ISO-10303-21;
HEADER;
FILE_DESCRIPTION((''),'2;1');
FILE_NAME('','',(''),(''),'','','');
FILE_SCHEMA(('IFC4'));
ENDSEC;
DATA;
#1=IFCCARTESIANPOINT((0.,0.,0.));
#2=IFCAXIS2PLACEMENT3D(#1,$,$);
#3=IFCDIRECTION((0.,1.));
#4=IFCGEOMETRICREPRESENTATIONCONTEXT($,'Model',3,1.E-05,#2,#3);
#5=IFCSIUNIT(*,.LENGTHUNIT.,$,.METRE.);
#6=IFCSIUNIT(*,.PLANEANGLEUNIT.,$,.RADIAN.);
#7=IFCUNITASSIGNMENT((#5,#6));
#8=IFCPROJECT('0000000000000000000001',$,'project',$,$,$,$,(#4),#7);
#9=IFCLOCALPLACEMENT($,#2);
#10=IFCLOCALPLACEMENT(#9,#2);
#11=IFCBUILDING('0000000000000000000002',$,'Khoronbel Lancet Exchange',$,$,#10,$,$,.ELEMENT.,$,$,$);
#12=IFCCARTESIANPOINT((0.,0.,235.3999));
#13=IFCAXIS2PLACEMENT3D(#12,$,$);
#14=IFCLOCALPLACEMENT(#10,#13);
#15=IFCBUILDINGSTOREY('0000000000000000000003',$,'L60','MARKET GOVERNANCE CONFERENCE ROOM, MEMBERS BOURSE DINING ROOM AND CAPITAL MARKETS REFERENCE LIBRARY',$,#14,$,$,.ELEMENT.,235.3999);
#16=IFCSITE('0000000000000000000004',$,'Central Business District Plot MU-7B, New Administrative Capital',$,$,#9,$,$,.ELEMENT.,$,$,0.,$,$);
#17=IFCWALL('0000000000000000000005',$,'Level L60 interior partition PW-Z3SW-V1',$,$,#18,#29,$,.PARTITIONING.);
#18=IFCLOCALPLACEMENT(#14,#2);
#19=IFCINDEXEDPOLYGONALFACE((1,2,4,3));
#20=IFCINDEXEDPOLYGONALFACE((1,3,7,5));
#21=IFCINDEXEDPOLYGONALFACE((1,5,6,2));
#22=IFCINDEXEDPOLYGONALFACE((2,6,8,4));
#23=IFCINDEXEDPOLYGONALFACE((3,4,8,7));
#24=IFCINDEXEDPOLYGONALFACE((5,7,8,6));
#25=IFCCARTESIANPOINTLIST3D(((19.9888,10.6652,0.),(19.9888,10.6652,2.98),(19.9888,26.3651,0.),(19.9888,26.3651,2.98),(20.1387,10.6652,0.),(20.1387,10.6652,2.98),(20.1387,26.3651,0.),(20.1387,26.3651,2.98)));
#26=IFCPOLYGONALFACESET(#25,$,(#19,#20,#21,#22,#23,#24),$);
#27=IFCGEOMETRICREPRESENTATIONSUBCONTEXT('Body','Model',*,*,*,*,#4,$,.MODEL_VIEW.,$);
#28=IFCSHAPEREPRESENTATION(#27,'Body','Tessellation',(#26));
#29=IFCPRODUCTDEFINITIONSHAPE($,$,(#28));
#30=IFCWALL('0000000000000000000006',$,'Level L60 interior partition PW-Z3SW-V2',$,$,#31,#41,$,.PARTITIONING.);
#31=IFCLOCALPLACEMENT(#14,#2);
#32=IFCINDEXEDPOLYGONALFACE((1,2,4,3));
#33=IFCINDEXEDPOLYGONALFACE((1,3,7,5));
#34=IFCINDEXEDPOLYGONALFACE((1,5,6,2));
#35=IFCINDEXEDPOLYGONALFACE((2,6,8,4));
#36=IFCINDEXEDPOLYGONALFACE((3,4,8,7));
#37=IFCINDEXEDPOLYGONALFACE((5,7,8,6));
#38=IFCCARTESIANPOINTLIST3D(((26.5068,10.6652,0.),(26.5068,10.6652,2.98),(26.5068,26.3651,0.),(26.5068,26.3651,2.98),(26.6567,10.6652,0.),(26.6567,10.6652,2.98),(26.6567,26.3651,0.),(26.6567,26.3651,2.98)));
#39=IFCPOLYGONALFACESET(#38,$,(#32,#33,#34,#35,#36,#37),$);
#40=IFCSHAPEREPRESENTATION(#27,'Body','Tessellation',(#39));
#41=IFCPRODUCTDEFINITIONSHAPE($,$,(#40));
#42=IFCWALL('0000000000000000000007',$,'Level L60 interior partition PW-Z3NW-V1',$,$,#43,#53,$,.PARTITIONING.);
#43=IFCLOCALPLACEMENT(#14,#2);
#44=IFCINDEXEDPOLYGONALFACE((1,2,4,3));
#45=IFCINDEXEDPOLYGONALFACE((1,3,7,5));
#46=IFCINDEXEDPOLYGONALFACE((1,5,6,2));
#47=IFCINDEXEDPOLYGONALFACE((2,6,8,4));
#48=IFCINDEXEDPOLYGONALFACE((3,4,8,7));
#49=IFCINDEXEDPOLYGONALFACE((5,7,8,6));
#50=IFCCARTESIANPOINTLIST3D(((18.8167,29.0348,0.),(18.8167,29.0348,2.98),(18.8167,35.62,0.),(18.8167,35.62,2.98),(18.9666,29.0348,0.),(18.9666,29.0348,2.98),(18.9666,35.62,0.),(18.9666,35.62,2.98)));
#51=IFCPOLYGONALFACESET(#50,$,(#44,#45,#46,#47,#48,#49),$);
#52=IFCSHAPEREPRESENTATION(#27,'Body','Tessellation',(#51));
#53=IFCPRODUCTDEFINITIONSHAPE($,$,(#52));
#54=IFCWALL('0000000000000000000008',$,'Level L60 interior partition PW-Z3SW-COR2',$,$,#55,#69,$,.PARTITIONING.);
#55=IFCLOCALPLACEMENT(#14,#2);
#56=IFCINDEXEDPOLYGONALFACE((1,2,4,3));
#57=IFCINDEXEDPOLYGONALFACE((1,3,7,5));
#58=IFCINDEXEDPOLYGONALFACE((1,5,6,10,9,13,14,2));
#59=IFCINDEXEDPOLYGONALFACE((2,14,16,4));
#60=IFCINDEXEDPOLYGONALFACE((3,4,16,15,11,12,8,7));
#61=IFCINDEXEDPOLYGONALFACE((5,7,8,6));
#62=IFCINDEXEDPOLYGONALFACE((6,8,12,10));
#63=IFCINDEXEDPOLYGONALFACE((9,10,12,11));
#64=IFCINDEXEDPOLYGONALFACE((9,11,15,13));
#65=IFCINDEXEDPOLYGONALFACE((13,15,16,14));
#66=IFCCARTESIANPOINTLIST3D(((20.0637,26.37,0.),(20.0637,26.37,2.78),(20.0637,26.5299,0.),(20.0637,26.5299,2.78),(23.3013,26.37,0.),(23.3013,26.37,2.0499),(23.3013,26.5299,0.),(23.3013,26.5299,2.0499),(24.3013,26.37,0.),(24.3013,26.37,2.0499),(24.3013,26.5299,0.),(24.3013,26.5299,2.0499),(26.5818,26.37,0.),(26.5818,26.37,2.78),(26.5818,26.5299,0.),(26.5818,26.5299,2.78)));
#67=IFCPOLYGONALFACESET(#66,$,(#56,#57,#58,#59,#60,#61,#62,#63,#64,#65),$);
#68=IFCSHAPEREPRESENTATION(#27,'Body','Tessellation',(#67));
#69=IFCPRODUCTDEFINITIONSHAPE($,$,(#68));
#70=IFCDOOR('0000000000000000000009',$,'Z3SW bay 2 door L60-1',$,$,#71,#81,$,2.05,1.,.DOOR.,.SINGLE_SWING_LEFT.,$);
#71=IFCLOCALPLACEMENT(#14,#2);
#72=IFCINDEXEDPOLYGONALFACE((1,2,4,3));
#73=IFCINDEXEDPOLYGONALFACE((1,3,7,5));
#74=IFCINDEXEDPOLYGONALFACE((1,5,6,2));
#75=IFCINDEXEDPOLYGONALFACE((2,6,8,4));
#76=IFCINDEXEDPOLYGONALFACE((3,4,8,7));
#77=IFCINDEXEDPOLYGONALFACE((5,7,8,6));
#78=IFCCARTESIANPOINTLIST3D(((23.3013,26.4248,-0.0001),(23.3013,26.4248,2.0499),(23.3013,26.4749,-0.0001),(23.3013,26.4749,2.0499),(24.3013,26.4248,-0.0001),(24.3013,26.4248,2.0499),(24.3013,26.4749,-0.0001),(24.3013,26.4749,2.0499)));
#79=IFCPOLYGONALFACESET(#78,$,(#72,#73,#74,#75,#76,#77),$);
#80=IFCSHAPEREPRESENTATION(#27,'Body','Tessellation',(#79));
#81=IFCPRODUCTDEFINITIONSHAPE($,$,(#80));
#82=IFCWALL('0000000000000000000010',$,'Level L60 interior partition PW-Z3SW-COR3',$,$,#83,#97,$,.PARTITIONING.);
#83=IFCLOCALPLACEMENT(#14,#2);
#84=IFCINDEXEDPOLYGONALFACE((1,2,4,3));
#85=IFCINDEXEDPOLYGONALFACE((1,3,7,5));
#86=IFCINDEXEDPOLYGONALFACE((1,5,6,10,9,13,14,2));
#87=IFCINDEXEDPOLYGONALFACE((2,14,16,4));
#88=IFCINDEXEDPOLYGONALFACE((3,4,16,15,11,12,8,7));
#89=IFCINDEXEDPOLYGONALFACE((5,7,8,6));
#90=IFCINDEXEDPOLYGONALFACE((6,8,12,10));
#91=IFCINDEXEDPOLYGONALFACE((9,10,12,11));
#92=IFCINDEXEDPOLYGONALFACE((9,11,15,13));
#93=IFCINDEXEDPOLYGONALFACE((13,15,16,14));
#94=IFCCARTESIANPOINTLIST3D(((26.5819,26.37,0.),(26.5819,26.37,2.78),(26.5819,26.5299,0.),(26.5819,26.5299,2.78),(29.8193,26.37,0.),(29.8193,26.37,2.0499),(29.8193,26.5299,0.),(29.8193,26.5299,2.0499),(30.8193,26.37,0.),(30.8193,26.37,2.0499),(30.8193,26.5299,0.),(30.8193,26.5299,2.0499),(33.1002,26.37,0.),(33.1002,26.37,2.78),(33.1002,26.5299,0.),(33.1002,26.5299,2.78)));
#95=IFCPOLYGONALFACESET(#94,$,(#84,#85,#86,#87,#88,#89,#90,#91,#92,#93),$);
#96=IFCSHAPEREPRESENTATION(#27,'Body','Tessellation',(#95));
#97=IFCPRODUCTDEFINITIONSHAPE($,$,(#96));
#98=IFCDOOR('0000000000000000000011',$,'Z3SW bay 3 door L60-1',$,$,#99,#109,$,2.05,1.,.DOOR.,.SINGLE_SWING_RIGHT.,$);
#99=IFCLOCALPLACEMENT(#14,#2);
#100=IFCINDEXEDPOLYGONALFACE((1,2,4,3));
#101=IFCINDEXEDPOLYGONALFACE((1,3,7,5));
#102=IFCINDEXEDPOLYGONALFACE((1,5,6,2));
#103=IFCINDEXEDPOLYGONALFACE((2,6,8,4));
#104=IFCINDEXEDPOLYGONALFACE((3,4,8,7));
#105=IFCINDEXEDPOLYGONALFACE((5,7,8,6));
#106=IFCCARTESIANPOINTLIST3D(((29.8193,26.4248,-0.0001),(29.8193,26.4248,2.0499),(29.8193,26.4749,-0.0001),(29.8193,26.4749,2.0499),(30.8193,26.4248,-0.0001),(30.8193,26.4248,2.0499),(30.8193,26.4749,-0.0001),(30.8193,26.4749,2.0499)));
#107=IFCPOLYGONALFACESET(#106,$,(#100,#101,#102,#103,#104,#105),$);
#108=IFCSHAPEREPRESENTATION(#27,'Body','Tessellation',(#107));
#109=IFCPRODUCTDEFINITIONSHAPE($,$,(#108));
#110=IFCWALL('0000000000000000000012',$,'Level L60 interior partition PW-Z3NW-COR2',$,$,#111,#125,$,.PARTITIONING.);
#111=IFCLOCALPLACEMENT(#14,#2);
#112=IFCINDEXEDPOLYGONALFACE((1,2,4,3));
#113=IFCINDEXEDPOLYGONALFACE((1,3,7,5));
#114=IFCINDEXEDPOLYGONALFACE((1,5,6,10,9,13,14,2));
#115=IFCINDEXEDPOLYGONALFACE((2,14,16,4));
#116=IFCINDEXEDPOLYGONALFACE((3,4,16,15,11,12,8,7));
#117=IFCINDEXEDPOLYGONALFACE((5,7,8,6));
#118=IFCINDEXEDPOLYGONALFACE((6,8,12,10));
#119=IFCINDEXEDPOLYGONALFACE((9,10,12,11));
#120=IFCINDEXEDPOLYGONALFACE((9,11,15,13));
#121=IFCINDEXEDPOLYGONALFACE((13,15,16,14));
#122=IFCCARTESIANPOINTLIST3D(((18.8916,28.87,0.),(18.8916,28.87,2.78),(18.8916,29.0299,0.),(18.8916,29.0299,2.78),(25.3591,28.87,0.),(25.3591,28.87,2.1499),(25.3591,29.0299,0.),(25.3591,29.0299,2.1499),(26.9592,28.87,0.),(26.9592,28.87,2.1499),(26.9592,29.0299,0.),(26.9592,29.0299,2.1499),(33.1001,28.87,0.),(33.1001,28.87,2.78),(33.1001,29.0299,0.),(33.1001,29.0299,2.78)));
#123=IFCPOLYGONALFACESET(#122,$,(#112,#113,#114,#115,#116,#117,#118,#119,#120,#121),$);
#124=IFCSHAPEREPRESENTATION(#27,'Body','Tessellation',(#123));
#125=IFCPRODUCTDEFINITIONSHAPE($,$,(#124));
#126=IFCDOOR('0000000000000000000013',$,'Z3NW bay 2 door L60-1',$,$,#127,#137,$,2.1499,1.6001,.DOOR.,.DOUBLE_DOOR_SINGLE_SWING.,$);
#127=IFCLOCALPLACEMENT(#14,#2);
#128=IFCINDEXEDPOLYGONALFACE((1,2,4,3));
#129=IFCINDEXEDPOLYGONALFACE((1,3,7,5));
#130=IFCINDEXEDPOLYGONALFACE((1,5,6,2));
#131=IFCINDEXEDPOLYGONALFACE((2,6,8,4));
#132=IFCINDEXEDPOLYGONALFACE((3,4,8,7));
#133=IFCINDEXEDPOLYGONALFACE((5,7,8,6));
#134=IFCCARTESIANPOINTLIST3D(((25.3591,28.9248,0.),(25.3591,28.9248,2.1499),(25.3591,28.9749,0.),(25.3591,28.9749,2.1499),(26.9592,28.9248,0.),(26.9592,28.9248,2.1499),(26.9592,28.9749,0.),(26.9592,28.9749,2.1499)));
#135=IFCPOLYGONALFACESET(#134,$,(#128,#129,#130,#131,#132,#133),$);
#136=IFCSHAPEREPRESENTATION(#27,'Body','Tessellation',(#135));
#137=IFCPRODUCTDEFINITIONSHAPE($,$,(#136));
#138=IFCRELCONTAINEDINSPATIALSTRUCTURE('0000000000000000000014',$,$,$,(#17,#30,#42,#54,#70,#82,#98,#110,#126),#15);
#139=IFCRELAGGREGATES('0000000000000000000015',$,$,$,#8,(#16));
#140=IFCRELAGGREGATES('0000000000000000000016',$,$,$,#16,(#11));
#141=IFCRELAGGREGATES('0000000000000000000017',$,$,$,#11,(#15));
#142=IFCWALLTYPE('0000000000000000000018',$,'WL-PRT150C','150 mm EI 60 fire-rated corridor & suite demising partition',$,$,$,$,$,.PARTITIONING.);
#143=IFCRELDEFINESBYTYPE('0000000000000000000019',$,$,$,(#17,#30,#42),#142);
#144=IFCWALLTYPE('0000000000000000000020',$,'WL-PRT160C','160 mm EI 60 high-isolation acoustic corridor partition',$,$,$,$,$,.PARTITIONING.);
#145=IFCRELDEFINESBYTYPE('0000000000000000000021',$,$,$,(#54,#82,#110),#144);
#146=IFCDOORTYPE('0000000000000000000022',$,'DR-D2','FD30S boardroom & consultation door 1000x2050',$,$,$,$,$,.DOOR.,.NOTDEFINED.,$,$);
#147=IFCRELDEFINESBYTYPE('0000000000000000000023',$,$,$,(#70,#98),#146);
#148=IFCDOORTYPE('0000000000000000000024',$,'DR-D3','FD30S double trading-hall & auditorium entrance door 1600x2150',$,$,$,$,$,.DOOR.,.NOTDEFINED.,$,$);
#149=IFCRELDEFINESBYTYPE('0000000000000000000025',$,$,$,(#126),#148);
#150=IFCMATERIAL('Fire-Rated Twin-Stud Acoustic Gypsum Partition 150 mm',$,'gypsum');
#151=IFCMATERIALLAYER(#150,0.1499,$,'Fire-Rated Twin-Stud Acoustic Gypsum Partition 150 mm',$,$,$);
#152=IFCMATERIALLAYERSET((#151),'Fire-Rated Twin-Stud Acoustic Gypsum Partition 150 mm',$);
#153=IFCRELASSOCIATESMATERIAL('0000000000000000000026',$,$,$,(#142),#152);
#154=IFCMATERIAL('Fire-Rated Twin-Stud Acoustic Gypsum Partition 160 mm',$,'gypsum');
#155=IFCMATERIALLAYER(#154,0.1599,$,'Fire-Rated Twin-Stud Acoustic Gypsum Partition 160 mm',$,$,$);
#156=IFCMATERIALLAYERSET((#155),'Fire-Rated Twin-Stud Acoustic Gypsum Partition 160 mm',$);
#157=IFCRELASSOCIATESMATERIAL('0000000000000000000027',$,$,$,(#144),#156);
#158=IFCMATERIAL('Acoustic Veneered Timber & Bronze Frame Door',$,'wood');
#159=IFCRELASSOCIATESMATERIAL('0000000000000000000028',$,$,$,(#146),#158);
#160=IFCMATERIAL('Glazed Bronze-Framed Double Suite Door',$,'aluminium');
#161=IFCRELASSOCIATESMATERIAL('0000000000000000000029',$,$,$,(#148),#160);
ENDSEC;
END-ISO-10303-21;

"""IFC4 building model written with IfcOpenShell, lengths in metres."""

from ifc_helpers import new_model, si_unit, direction, frame, frame_2d, origin, place, context, subcontext, project, spatial, rectangle, extrude, material, layer, layer_set, type_object, element, fill, save


model = new_model("IFC4")

# Units and contexts
model_context = context("Model", 3, precision=1e-05, world=origin(), true_north=direction((0.0, 1.0)))
body_context = subcontext(model_context, "Body", "Model", "MODEL_VIEW")
ifc_project = project(units=[si_unit("LENGTHUNIT", "METRE"), si_unit("PLANEANGLEUNIT", "RADIAN")], contexts=[model_context])

# Site, building, storey
site_placement = place(None, origin())
site = spatial("IfcSite", under=ifc_project, at=site_placement, Name="Central Business District Plot MU-7B, New Administrative Capital", CompositionType="ELEMENT", RefElevation=0.0)
building_placement = place(site_placement, origin())
building = spatial("IfcBuilding", under=site, at=building_placement, Name="Khoronbel Lancet Exchange", CompositionType="ELEMENT")
storey_placement = place(building_placement, frame((0.0, 0.0, 235.3999)))
storey = spatial("IfcBuildingStorey", under=building, at=storey_placement, Name="L60", Description="MARKET GOVERNANCE CONFERENCE ROOM, MEMBERS BOURSE DINING ROOM AND CAPITAL MARKETS REFERENCE LIBRARY", CompositionType="ELEMENT", Elevation=235.3999)

# Walls
ifc_material_1 = material(Name="Fire-Rated Twin-Stud Acoustic Gypsum Partition 150 mm", Category="gypsum")
ifc_layer_1 = layer(ifc_material_1, 0.1499, Name="Fire-Rated Twin-Stud Acoustic Gypsum Partition 150 mm")
ifc_layer_set_1 = layer_set([ifc_layer_1], Name="Fire-Rated Twin-Stud Acoustic Gypsum Partition 150 mm")
wall_type_1 = type_object("IfcWallType", Name="WL-PRT150C", Description="150 mm EI 60 fire-rated corridor & suite demising partition", PredefinedType="PARTITIONING", material=ifc_layer_set_1)
for number, where, z_axis, x_axis, name in (
    (1, (20.0637, 10.665, 0.0), (0.0, 0.0, 1.0), (0.0, 1.0, 0.0), "Level L60 interior partition PW-Z3SW-V1"),
    (2, (26.5818, 10.665, 0.0), (0.0, 0.0, 1.0), (0.0, 1.0, 0.0), "Level L60 interior partition PW-Z3SW-V2"),
):
    element("IfcWall", number, at=place(storey_placement, frame(where, z_axis=z_axis, x_axis=x_axis)), inside=storey, type_object=wall_type_1, Name=name, PredefinedType="PARTITIONING", context=body_context, shape_type="SweptSolid", body=[
        extrude(rectangle(XDim=15.7, YDim=0.1499, at=frame_2d((7.8501, 0.0))), origin(), (0.0, 0.0, 1.0), 2.98),
    ])
wall_1_placement = place(storey_placement, frame((18.8916, 29.0349, 0.0), z_axis=(0.0, 0.0, 1.0), x_axis=(0.0, 1.0, 0.0)))
element("IfcWall", 3, at=wall_1_placement, inside=storey, type_object=wall_type_1, Name="Level L60 interior partition PW-Z3NW-V1", PredefinedType="PARTITIONING", context=body_context, shape_type="SweptSolid", body=[
    extrude(rectangle(XDim=6.5852, YDim=0.1499, at=frame_2d((3.2925, 0.0))), origin(), (0.0, 0.0, 1.0), 2.98),
])

# Walls, openings, doors
ifc_material_2 = material(Name="Fire-Rated Twin-Stud Acoustic Gypsum Partition 160 mm", Category="gypsum")
ifc_layer_2 = layer(ifc_material_2, 0.1599, Name="Fire-Rated Twin-Stud Acoustic Gypsum Partition 160 mm")
ifc_layer_set_2 = layer_set([ifc_layer_2], Name="Fire-Rated Twin-Stud Acoustic Gypsum Partition 160 mm")
wall_type_2 = type_object("IfcWallType", Name="WL-PRT160C", Description="160 mm EI 60 high-isolation acoustic corridor partition", PredefinedType="PARTITIONING", material=ifc_layer_set_2)
wall_2_placement = place(storey_placement, frame((20.0637, 26.45, 0.0), z_axis=(0.0, 0.0, 1.0), x_axis=(1.0, 0.0, 0.0)))
wall_2 = element("IfcWall", 4, at=wall_2_placement, inside=storey, type_object=wall_type_2, Name="Level L60 interior partition PW-Z3SW-COR2", PredefinedType="PARTITIONING", context=body_context, shape_type="SweptSolid", body=[
    extrude(rectangle(XDim=6.5181, YDim=0.1599, at=frame_2d((3.259, 0.0))), origin(), (0.0, 0.0, 1.0), 2.78),
])
opening_1_placement = place(wall_2_placement, frame((3.2375, 0.0, 0.0)))
opening_1 = element("IfcOpeningElement", 5, at=opening_1_placement, cuts=wall_2, PredefinedType="OPENING", context=body_context, shape_type="SweptSolid", body=[
    extrude(rectangle(XDim=1.0, YDim=2.05, at=frame_2d((0.5, 1.0249))), frame((0.0, 0.0898, 0.0), z_axis=(0.0, -1.0, 0.0), x_axis=(1.0, 0.0, 0.0)), (0.0, 0.0, 1.0), 0.1799),
])
ifc_material_3 = material(Name="Acoustic Veneered Timber & Bronze Frame Door", Category="wood")
door_type_1 = type_object("IfcDoorType", Name="DR-D2", Description="FD30S boardroom & consultation door 1000x2050", OperationType="NOTDEFINED", PredefinedType="DOOR", material=ifc_material_3)
door_1_placement = place(opening_1_placement, origin())
door_1 = element("IfcDoor", 6, at=door_1_placement, inside=storey, type_object=door_type_1, Name="Z3SW bay 2 door L60-1", OperationType="SINGLE_SWING_LEFT", OverallHeight=2.05, OverallWidth=1.0, PredefinedType="DOOR", context=body_context, shape_type="SweptSolid", body=[
    extrude(rectangle(XDim=1.0, YDim=2.05, at=frame_2d((0.5, 1.0249))), frame((0.0, 0.0249, 0.0), z_axis=(0.0, -1.0, 0.0), x_axis=(1.0, 0.0, 0.0)), (0.0, 0.0, 1.0), 0.05),
])
fill(opening_1, door_1)
wall_3_placement = place(storey_placement, frame((26.5818, 26.45, 0.0), z_axis=(0.0, 0.0, 1.0), x_axis=(1.0, 0.0, 0.0)))
wall_3 = element("IfcWall", 7, at=wall_3_placement, inside=storey, type_object=wall_type_2, Name="Level L60 interior partition PW-Z3SW-COR3", PredefinedType="PARTITIONING", context=body_context, shape_type="SweptSolid", body=[
    extrude(rectangle(XDim=6.5183, YDim=0.1599, at=frame_2d((3.2593, 0.0))), origin(), (0.0, 0.0, 1.0), 2.78),
])
opening_2_placement = place(wall_3_placement, frame((3.2375, 0.0, 0.0)))
opening_2 = element("IfcOpeningElement", 8, at=opening_2_placement, cuts=wall_3, PredefinedType="OPENING", context=body_context, shape_type="SweptSolid", body=[
    extrude(rectangle(XDim=1.0, YDim=2.05, at=frame_2d((0.5, 1.0249))), frame((0.0, 0.0898, 0.0), z_axis=(0.0, -1.0, 0.0), x_axis=(1.0, 0.0, 0.0)), (0.0, 0.0, 1.0), 0.1799),
])
door_2_placement = place(opening_2_placement, origin())
door_2 = element("IfcDoor", 9, at=door_2_placement, inside=storey, type_object=door_type_1, Name="Z3SW bay 3 door L60-1", OperationType="SINGLE_SWING_RIGHT", OverallHeight=2.05, OverallWidth=1.0, PredefinedType="DOOR", context=body_context, shape_type="SweptSolid", body=[
    extrude(rectangle(XDim=1.0, YDim=2.05, at=frame_2d((0.5, 1.0249))), frame((0.0, 0.0249, 0.0), z_axis=(0.0, -1.0, 0.0), x_axis=(1.0, 0.0, 0.0)), (0.0, 0.0, 1.0), 0.05),
])
fill(opening_2, door_2)
wall_4_placement = place(storey_placement, frame((18.8916, 28.95, 0.0), z_axis=(0.0, 0.0, 1.0), x_axis=(1.0, 0.0, 0.0)))
wall_4 = element("IfcWall", 10, at=wall_4_placement, inside=storey, type_object=wall_type_2, Name="Level L60 interior partition PW-Z3NW-COR2", PredefinedType="PARTITIONING", context=body_context, shape_type="SweptSolid", body=[
    extrude(rectangle(XDim=14.2085, YDim=0.1599, at=frame_2d((7.1042, 0.0))), origin(), (0.0, 0.0, 1.0), 2.78),
])
opening_3_placement = place(wall_4_placement, frame((6.4675, 0.0, 0.0)))
opening_3 = element("IfcOpeningElement", 11, at=opening_3_placement, cuts=wall_4, PredefinedType="OPENING", context=body_context, shape_type="SweptSolid", body=[
    extrude(rectangle(XDim=1.6001, YDim=2.1499, at=frame_2d((0.8, 1.075))), frame((0.0, 0.0898, 0.0), z_axis=(0.0, -1.0, 0.0), x_axis=(1.0, 0.0, 0.0)), (0.0, 0.0, 1.0), 0.1799),
])
ifc_material_4 = material(Name="Glazed Bronze-Framed Double Suite Door", Category="aluminium")
door_type_2 = type_object("IfcDoorType", Name="DR-D3", Description="FD30S double trading-hall & auditorium entrance door 1600x2150", OperationType="NOTDEFINED", PredefinedType="DOOR", material=ifc_material_4)
door_3_placement = place(opening_3_placement, origin())
door_3 = element("IfcDoor", 12, at=door_3_placement, inside=storey, type_object=door_type_2, Name="Z3NW bay 2 door L60-1", OperationType="DOUBLE_DOOR_SINGLE_SWING", OverallHeight=2.1499, OverallWidth=1.6001, PredefinedType="DOOR", context=body_context, shape_type="SweptSolid", body=[
    extrude(rectangle(XDim=1.6001, YDim=2.1499, at=frame_2d((0.8, 1.075))), frame((0.0, 0.0249, 0.0), z_axis=(0.0, -1.0, 0.0), x_axis=(1.0, 0.0, 0.0)), (0.0, 0.0, 1.0), 0.05),
])
fill(opening_3, door_3)

save(model, "model.ifc")
